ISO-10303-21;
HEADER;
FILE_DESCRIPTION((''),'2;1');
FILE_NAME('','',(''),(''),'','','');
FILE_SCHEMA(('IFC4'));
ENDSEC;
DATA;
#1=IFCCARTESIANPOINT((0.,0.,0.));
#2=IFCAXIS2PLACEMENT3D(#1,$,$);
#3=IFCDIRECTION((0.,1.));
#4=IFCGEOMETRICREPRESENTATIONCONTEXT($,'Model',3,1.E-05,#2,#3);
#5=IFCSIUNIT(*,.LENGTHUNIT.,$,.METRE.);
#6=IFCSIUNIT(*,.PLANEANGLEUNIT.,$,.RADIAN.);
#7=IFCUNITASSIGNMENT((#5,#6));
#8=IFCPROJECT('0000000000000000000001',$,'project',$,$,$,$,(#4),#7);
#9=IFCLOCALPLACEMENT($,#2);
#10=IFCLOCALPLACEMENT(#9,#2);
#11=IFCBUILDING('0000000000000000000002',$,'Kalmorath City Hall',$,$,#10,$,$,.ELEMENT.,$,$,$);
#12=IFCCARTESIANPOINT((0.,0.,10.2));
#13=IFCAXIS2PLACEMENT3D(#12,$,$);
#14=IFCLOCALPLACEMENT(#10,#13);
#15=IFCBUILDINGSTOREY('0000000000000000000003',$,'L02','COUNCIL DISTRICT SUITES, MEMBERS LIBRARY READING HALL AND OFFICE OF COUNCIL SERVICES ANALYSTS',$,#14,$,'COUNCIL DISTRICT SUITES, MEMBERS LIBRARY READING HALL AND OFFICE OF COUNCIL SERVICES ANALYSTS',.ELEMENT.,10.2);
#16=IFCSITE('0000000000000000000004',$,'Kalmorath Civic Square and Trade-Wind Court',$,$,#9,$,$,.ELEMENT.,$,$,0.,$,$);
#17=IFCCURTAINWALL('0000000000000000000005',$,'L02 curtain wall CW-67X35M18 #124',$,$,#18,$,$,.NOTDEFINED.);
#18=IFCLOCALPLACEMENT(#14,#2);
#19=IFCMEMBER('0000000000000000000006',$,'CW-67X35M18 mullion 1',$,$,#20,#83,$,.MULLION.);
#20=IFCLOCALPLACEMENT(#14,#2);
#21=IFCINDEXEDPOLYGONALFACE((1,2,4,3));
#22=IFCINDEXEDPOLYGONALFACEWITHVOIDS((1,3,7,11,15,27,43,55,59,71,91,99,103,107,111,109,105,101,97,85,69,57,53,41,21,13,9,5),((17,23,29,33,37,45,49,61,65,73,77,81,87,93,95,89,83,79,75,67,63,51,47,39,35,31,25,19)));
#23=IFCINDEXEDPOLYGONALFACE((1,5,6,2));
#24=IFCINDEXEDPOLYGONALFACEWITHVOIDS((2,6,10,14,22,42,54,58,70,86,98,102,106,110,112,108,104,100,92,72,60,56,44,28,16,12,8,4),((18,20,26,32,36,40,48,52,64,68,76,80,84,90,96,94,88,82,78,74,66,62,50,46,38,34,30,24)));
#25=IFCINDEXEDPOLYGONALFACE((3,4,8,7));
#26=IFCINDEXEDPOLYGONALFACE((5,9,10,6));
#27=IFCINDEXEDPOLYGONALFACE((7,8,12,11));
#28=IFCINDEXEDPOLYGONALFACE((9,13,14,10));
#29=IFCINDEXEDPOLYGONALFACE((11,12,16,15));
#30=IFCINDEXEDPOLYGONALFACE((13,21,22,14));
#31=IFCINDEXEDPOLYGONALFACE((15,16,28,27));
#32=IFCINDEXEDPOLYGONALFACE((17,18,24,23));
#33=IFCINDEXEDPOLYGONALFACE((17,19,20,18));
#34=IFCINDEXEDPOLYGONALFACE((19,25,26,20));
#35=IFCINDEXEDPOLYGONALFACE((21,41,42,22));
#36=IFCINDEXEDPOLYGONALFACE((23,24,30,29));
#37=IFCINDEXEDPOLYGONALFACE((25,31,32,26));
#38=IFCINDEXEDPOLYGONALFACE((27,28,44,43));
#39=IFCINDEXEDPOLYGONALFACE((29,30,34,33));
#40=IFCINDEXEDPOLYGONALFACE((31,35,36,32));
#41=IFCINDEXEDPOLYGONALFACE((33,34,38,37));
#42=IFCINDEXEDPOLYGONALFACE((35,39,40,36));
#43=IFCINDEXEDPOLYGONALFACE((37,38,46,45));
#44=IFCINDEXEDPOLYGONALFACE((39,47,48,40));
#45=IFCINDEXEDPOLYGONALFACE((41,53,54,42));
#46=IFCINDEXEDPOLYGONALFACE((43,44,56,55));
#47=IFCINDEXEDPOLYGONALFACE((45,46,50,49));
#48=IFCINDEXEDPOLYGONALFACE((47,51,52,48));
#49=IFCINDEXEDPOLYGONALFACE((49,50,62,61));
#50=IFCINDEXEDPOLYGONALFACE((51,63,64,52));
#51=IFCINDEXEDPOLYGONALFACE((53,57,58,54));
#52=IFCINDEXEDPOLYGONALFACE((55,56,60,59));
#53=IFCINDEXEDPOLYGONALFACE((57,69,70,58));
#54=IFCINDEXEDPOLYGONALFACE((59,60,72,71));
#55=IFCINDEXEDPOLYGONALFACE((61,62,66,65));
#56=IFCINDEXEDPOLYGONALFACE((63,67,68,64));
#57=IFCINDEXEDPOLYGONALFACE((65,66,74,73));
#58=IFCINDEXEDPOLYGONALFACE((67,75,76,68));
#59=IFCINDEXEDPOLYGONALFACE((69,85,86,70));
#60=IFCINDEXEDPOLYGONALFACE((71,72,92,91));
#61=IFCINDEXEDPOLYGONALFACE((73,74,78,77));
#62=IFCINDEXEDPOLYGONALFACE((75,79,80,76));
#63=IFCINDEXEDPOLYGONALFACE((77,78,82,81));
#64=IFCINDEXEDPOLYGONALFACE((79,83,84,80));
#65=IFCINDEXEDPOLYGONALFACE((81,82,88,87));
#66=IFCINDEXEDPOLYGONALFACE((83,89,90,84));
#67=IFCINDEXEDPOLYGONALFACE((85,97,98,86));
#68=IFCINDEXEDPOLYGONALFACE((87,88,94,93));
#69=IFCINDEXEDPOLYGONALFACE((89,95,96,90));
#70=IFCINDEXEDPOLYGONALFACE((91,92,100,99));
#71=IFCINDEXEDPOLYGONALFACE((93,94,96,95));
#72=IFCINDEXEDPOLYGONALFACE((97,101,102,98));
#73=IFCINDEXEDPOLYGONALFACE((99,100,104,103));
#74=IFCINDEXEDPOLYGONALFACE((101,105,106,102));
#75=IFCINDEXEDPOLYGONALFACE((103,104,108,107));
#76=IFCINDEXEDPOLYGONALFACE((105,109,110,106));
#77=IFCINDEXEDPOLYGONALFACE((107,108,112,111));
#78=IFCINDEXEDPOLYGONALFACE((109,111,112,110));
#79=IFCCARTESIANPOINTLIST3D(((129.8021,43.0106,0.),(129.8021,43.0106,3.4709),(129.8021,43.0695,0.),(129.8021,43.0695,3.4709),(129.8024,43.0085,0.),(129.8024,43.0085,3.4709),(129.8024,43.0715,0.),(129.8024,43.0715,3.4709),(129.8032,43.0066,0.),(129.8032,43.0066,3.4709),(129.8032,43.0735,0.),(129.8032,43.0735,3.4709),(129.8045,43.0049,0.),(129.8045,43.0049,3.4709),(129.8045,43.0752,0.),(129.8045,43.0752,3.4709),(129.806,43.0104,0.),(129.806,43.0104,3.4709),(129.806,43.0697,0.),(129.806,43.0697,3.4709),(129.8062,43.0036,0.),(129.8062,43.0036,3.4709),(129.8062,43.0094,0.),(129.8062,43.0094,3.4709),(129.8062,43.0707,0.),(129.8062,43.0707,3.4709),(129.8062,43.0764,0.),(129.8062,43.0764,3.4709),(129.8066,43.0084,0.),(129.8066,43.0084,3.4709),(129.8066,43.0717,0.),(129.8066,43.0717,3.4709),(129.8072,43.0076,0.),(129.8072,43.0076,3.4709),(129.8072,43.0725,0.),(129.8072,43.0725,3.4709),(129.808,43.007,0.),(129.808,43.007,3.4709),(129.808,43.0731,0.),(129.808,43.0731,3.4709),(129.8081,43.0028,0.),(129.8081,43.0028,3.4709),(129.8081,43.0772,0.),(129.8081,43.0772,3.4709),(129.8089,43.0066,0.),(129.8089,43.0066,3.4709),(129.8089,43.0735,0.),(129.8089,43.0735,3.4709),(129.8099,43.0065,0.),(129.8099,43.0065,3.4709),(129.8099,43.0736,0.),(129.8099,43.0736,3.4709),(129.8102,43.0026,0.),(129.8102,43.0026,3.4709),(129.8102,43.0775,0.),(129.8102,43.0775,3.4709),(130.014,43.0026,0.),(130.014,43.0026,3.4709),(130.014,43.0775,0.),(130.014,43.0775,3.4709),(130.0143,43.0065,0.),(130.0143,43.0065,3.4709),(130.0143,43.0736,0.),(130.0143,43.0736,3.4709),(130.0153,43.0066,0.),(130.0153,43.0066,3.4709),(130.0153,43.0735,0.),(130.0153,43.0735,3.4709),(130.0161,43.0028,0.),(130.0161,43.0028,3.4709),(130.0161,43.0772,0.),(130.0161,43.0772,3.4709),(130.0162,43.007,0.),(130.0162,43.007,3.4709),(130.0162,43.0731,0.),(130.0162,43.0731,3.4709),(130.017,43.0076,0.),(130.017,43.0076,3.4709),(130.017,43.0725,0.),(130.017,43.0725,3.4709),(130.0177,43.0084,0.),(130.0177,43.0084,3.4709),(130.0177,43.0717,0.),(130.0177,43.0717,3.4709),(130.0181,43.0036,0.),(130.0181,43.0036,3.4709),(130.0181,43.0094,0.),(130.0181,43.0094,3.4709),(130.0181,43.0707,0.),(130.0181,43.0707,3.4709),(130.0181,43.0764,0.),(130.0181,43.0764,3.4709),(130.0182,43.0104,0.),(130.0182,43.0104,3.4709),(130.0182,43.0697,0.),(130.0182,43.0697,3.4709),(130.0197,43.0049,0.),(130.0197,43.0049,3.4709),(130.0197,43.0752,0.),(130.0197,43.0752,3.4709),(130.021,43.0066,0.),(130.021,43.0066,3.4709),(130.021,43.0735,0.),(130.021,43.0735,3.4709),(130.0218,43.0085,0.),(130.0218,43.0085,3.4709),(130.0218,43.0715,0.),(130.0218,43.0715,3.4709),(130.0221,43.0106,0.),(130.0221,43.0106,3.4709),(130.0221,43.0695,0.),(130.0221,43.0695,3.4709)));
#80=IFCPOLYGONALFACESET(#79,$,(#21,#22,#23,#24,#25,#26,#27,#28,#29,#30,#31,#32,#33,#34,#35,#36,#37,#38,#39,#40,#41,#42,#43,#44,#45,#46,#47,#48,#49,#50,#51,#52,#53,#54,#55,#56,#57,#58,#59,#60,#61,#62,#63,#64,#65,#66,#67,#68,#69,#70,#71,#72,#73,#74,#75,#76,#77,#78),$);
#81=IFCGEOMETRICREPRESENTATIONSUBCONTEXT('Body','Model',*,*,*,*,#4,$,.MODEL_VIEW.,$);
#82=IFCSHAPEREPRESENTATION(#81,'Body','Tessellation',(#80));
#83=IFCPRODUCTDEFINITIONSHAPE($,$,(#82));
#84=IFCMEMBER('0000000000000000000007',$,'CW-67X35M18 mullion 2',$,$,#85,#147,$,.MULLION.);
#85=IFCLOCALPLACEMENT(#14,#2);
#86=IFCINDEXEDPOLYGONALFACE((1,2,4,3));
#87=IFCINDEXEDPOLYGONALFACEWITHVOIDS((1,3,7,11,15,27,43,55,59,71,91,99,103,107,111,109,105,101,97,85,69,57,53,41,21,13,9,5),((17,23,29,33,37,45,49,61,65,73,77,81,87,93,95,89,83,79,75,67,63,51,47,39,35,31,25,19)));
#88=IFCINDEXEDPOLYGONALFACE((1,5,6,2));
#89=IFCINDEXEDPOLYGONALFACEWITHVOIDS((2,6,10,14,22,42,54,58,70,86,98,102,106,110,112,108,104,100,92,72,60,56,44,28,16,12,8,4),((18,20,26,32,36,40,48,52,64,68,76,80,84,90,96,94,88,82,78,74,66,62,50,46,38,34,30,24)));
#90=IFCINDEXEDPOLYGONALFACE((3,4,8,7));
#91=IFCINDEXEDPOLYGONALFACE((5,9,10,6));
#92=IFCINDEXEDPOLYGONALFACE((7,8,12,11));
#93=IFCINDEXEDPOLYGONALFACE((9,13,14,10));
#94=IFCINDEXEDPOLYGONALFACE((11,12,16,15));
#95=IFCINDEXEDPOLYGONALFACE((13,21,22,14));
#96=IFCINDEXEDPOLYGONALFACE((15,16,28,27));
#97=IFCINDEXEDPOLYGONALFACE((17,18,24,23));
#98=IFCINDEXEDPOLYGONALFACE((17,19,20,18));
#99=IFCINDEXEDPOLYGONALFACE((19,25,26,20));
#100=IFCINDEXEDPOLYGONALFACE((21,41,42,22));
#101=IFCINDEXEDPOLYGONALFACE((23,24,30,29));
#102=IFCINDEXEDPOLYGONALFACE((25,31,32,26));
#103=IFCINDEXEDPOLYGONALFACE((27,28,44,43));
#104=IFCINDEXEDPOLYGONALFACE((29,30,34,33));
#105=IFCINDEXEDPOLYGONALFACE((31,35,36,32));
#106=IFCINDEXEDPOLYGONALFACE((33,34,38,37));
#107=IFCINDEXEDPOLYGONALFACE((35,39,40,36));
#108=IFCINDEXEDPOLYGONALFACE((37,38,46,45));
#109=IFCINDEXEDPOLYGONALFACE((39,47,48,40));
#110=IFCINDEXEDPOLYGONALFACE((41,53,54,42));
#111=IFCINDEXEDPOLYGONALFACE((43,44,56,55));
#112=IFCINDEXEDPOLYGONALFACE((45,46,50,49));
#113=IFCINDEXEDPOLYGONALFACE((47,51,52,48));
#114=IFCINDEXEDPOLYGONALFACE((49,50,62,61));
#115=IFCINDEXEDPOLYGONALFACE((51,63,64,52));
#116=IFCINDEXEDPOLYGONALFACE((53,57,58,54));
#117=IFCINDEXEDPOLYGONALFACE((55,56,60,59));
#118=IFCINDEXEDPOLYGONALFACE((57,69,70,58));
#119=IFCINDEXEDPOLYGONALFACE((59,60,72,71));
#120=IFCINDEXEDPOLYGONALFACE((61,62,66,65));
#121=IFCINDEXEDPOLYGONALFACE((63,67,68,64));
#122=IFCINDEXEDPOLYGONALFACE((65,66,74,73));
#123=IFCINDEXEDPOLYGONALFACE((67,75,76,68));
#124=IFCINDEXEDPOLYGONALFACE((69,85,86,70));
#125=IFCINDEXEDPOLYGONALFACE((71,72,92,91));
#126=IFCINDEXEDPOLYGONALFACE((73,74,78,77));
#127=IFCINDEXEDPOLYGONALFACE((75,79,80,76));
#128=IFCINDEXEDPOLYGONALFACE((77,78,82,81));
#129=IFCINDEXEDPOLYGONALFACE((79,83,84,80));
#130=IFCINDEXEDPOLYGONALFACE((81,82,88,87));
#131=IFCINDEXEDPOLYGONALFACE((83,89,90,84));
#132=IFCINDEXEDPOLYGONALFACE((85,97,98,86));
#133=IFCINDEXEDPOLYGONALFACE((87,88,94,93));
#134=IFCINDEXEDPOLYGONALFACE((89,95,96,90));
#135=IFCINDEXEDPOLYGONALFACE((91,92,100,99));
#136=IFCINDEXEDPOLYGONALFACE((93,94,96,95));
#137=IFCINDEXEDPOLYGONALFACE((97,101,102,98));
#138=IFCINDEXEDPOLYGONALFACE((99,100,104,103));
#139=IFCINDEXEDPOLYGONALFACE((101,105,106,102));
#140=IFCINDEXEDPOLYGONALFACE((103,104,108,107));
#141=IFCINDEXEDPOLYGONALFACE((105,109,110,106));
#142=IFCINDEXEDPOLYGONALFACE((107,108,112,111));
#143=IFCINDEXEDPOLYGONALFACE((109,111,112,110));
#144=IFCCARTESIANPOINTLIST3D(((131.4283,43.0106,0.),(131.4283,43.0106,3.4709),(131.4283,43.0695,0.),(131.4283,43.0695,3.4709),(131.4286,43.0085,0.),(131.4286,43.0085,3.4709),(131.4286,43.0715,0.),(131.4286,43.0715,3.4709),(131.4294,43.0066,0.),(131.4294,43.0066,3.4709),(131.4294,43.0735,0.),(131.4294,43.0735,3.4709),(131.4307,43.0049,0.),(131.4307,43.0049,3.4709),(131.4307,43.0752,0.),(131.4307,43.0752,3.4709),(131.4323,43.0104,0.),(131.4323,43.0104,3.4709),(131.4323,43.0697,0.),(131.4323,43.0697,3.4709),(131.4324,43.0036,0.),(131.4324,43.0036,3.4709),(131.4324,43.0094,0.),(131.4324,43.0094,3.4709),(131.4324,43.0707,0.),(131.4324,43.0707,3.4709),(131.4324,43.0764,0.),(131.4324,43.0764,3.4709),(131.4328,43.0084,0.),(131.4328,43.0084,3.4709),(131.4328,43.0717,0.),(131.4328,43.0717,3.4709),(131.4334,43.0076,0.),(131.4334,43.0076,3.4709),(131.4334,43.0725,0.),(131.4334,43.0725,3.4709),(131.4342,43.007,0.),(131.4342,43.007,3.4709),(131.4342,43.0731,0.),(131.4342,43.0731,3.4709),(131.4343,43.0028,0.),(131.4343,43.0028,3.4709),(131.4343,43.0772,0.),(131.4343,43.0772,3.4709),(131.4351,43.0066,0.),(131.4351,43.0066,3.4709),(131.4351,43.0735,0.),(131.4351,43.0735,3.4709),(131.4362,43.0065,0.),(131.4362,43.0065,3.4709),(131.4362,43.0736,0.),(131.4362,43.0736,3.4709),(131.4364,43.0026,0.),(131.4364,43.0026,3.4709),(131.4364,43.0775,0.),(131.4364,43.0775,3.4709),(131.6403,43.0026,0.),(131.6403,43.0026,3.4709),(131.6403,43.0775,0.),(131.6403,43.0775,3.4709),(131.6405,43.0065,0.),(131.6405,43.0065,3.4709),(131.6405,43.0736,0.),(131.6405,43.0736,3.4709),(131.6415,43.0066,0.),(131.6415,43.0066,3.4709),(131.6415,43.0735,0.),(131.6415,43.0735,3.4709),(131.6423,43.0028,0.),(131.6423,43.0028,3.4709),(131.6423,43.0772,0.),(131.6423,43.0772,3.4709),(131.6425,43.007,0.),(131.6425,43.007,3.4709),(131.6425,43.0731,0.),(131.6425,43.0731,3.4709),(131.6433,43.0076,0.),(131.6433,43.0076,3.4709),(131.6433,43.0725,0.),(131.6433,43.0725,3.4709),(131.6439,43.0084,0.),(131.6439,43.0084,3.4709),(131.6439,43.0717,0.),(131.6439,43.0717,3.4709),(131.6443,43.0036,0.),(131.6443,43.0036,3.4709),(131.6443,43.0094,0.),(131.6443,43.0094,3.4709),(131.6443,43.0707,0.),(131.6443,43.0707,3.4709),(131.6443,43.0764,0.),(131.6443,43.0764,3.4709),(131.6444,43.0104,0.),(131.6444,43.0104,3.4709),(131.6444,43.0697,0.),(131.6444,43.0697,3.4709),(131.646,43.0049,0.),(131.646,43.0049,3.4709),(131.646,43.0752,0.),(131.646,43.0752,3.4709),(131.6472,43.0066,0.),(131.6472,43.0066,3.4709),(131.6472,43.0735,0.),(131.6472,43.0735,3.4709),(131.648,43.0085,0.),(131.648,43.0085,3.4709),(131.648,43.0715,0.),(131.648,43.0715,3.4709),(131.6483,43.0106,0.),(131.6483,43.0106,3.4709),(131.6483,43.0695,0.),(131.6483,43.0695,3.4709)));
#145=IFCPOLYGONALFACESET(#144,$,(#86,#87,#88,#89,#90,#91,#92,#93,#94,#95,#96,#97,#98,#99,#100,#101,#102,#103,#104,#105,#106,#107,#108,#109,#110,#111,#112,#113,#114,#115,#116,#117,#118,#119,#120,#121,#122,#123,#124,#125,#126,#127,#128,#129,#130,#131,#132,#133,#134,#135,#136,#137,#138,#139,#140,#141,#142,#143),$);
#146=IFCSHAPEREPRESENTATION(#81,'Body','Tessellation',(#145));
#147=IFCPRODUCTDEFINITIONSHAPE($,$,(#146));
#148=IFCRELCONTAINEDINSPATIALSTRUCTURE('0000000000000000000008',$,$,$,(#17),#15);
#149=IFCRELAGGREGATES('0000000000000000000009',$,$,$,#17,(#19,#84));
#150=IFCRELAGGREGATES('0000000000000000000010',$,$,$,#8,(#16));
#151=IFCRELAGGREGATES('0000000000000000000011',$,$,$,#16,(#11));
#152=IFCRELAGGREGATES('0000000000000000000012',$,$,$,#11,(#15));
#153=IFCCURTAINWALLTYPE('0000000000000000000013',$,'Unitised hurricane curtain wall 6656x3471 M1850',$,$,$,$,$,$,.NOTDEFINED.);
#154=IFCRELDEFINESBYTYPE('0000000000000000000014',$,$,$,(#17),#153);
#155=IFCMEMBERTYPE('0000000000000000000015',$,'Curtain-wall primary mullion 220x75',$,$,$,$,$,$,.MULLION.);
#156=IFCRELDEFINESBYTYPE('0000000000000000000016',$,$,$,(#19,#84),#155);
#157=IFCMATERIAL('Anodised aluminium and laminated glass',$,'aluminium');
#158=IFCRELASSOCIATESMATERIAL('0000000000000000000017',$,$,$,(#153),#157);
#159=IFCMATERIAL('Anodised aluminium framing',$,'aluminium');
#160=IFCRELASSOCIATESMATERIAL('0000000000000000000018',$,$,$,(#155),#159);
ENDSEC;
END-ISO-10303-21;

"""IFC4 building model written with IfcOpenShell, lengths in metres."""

from ifc_helpers import new_model, si_unit, direction, frame, origin, origin_2d, place, context, subcontext, project, spatial, hollow_rectangle, extrude, material, material_profile, profile_set, type_object, element, aggregate, save


model = new_model("IFC4")

# Units and contexts
model_context = context("Model", 3, precision=1e-05, world=origin(), true_north=direction((0.0, 1.0)))
body_context = subcontext(model_context, "Body", "Model", "MODEL_VIEW")
ifc_project = project(units=[si_unit("LENGTHUNIT", "METRE"), si_unit("PLANEANGLEUNIT", "RADIAN")], contexts=[model_context])

# Site, building, storey
site_placement = place(None, origin())
site = spatial("IfcSite", under=ifc_project, at=site_placement, Name="Kalmorath Civic Square and Trade-Wind Court", CompositionType="ELEMENT", RefElevation=0.0)
building_placement = place(site_placement, origin())
building = spatial("IfcBuilding", under=site, at=building_placement, Name="Kalmorath City Hall", CompositionType="ELEMENT")
storey_placement = place(building_placement, frame((0.0, 0.0, 10.2)))
storey = spatial("IfcBuildingStorey", under=building, at=storey_placement, Name="L02", Description="COUNCIL DISTRICT SUITES, MEMBERS LIBRARY READING HALL AND OFFICE OF COUNCIL SERVICES ANALYSTS", LongName="COUNCIL DISTRICT SUITES, MEMBERS LIBRARY READING HALL AND OFFICE OF COUNCIL SERVICES ANALYSTS", CompositionType="ELEMENT", Elevation=10.2)

# Curtain wall
ifc_material_1 = material(Name="Anodised aluminium and laminated glass", Category="aluminium")
curtain_wall_type_1 = type_object("IfcCurtainWallType", Name="Unitised hurricane curtain wall 6656x3471 M1850", PredefinedType="NOTDEFINED", material=ifc_material_1)
curtain_wall_1_placement = place(storey_placement, origin())
curtain_wall_1 = element("IfcCurtainWall", 1, at=curtain_wall_1_placement, inside=storey, type_object=curtain_wall_type_1, Name="L02 curtain wall CW-67X35M18 #124", PredefinedType="NOTDEFINED")

# Members
ifc_material_2 = material(Name="Anodised aluminium framing", Category="aluminium")
ifc_material_profile_1 = material_profile(ifc_material_2, hollow_rectangle(XDim=0.075, YDim=0.22, WallThickness=0.0039, InnerFilletRadius=0.0039, OuterFilletRadius=0.0081, at=origin_2d()), Name="ALU-MUL-220X75X4")
ifc_profile_set_1 = profile_set([ifc_material_profile_1], Name="Anodised aluminium framing")
member_type_1 = type_object("IfcMemberType", Name="Curtain-wall primary mullion 220x75", PredefinedType="MULLION", material=ifc_profile_set_1)
member_1_placement = place(storey_placement, frame((129.9121, 43.04, 0.0), z_axis=(0.0, 0.0, 1.0), x_axis=(0.0, 1.0, 0.0)))
member_1 = element("IfcMember", 2, at=member_1_placement, type_object=member_type_1, Name="CW-67X35M18 mullion 1", PredefinedType="MULLION", context=body_context, shape_type="SweptSolid", body=[
    extrude(hollow_rectangle(XDim=0.075, YDim=0.22, WallThickness=0.0039, InnerFilletRadius=0.0039, OuterFilletRadius=0.0081, at=origin_2d()), origin(), (0.0, 0.0, 1.0), 3.4709),
])
member_2_placement = place(storey_placement, frame((131.5383, 43.04, 0.0), z_axis=(0.0, 0.0, 1.0), x_axis=(0.0, 1.0, 0.0)))
member_2 = element("IfcMember", 3, at=member_2_placement, type_object=member_type_1, Name="CW-67X35M18 mullion 2", PredefinedType="MULLION", context=body_context, shape_type="SweptSolid", body=[
    extrude(hollow_rectangle(XDim=0.075, YDim=0.22, WallThickness=0.0039, InnerFilletRadius=0.0039, OuterFilletRadius=0.0081, at=origin_2d()), origin(), (0.0, 0.0, 1.0), 3.4709),
])

aggregate(curtain_wall_1, [member_1, member_2])

save(model, "model.ifc")
